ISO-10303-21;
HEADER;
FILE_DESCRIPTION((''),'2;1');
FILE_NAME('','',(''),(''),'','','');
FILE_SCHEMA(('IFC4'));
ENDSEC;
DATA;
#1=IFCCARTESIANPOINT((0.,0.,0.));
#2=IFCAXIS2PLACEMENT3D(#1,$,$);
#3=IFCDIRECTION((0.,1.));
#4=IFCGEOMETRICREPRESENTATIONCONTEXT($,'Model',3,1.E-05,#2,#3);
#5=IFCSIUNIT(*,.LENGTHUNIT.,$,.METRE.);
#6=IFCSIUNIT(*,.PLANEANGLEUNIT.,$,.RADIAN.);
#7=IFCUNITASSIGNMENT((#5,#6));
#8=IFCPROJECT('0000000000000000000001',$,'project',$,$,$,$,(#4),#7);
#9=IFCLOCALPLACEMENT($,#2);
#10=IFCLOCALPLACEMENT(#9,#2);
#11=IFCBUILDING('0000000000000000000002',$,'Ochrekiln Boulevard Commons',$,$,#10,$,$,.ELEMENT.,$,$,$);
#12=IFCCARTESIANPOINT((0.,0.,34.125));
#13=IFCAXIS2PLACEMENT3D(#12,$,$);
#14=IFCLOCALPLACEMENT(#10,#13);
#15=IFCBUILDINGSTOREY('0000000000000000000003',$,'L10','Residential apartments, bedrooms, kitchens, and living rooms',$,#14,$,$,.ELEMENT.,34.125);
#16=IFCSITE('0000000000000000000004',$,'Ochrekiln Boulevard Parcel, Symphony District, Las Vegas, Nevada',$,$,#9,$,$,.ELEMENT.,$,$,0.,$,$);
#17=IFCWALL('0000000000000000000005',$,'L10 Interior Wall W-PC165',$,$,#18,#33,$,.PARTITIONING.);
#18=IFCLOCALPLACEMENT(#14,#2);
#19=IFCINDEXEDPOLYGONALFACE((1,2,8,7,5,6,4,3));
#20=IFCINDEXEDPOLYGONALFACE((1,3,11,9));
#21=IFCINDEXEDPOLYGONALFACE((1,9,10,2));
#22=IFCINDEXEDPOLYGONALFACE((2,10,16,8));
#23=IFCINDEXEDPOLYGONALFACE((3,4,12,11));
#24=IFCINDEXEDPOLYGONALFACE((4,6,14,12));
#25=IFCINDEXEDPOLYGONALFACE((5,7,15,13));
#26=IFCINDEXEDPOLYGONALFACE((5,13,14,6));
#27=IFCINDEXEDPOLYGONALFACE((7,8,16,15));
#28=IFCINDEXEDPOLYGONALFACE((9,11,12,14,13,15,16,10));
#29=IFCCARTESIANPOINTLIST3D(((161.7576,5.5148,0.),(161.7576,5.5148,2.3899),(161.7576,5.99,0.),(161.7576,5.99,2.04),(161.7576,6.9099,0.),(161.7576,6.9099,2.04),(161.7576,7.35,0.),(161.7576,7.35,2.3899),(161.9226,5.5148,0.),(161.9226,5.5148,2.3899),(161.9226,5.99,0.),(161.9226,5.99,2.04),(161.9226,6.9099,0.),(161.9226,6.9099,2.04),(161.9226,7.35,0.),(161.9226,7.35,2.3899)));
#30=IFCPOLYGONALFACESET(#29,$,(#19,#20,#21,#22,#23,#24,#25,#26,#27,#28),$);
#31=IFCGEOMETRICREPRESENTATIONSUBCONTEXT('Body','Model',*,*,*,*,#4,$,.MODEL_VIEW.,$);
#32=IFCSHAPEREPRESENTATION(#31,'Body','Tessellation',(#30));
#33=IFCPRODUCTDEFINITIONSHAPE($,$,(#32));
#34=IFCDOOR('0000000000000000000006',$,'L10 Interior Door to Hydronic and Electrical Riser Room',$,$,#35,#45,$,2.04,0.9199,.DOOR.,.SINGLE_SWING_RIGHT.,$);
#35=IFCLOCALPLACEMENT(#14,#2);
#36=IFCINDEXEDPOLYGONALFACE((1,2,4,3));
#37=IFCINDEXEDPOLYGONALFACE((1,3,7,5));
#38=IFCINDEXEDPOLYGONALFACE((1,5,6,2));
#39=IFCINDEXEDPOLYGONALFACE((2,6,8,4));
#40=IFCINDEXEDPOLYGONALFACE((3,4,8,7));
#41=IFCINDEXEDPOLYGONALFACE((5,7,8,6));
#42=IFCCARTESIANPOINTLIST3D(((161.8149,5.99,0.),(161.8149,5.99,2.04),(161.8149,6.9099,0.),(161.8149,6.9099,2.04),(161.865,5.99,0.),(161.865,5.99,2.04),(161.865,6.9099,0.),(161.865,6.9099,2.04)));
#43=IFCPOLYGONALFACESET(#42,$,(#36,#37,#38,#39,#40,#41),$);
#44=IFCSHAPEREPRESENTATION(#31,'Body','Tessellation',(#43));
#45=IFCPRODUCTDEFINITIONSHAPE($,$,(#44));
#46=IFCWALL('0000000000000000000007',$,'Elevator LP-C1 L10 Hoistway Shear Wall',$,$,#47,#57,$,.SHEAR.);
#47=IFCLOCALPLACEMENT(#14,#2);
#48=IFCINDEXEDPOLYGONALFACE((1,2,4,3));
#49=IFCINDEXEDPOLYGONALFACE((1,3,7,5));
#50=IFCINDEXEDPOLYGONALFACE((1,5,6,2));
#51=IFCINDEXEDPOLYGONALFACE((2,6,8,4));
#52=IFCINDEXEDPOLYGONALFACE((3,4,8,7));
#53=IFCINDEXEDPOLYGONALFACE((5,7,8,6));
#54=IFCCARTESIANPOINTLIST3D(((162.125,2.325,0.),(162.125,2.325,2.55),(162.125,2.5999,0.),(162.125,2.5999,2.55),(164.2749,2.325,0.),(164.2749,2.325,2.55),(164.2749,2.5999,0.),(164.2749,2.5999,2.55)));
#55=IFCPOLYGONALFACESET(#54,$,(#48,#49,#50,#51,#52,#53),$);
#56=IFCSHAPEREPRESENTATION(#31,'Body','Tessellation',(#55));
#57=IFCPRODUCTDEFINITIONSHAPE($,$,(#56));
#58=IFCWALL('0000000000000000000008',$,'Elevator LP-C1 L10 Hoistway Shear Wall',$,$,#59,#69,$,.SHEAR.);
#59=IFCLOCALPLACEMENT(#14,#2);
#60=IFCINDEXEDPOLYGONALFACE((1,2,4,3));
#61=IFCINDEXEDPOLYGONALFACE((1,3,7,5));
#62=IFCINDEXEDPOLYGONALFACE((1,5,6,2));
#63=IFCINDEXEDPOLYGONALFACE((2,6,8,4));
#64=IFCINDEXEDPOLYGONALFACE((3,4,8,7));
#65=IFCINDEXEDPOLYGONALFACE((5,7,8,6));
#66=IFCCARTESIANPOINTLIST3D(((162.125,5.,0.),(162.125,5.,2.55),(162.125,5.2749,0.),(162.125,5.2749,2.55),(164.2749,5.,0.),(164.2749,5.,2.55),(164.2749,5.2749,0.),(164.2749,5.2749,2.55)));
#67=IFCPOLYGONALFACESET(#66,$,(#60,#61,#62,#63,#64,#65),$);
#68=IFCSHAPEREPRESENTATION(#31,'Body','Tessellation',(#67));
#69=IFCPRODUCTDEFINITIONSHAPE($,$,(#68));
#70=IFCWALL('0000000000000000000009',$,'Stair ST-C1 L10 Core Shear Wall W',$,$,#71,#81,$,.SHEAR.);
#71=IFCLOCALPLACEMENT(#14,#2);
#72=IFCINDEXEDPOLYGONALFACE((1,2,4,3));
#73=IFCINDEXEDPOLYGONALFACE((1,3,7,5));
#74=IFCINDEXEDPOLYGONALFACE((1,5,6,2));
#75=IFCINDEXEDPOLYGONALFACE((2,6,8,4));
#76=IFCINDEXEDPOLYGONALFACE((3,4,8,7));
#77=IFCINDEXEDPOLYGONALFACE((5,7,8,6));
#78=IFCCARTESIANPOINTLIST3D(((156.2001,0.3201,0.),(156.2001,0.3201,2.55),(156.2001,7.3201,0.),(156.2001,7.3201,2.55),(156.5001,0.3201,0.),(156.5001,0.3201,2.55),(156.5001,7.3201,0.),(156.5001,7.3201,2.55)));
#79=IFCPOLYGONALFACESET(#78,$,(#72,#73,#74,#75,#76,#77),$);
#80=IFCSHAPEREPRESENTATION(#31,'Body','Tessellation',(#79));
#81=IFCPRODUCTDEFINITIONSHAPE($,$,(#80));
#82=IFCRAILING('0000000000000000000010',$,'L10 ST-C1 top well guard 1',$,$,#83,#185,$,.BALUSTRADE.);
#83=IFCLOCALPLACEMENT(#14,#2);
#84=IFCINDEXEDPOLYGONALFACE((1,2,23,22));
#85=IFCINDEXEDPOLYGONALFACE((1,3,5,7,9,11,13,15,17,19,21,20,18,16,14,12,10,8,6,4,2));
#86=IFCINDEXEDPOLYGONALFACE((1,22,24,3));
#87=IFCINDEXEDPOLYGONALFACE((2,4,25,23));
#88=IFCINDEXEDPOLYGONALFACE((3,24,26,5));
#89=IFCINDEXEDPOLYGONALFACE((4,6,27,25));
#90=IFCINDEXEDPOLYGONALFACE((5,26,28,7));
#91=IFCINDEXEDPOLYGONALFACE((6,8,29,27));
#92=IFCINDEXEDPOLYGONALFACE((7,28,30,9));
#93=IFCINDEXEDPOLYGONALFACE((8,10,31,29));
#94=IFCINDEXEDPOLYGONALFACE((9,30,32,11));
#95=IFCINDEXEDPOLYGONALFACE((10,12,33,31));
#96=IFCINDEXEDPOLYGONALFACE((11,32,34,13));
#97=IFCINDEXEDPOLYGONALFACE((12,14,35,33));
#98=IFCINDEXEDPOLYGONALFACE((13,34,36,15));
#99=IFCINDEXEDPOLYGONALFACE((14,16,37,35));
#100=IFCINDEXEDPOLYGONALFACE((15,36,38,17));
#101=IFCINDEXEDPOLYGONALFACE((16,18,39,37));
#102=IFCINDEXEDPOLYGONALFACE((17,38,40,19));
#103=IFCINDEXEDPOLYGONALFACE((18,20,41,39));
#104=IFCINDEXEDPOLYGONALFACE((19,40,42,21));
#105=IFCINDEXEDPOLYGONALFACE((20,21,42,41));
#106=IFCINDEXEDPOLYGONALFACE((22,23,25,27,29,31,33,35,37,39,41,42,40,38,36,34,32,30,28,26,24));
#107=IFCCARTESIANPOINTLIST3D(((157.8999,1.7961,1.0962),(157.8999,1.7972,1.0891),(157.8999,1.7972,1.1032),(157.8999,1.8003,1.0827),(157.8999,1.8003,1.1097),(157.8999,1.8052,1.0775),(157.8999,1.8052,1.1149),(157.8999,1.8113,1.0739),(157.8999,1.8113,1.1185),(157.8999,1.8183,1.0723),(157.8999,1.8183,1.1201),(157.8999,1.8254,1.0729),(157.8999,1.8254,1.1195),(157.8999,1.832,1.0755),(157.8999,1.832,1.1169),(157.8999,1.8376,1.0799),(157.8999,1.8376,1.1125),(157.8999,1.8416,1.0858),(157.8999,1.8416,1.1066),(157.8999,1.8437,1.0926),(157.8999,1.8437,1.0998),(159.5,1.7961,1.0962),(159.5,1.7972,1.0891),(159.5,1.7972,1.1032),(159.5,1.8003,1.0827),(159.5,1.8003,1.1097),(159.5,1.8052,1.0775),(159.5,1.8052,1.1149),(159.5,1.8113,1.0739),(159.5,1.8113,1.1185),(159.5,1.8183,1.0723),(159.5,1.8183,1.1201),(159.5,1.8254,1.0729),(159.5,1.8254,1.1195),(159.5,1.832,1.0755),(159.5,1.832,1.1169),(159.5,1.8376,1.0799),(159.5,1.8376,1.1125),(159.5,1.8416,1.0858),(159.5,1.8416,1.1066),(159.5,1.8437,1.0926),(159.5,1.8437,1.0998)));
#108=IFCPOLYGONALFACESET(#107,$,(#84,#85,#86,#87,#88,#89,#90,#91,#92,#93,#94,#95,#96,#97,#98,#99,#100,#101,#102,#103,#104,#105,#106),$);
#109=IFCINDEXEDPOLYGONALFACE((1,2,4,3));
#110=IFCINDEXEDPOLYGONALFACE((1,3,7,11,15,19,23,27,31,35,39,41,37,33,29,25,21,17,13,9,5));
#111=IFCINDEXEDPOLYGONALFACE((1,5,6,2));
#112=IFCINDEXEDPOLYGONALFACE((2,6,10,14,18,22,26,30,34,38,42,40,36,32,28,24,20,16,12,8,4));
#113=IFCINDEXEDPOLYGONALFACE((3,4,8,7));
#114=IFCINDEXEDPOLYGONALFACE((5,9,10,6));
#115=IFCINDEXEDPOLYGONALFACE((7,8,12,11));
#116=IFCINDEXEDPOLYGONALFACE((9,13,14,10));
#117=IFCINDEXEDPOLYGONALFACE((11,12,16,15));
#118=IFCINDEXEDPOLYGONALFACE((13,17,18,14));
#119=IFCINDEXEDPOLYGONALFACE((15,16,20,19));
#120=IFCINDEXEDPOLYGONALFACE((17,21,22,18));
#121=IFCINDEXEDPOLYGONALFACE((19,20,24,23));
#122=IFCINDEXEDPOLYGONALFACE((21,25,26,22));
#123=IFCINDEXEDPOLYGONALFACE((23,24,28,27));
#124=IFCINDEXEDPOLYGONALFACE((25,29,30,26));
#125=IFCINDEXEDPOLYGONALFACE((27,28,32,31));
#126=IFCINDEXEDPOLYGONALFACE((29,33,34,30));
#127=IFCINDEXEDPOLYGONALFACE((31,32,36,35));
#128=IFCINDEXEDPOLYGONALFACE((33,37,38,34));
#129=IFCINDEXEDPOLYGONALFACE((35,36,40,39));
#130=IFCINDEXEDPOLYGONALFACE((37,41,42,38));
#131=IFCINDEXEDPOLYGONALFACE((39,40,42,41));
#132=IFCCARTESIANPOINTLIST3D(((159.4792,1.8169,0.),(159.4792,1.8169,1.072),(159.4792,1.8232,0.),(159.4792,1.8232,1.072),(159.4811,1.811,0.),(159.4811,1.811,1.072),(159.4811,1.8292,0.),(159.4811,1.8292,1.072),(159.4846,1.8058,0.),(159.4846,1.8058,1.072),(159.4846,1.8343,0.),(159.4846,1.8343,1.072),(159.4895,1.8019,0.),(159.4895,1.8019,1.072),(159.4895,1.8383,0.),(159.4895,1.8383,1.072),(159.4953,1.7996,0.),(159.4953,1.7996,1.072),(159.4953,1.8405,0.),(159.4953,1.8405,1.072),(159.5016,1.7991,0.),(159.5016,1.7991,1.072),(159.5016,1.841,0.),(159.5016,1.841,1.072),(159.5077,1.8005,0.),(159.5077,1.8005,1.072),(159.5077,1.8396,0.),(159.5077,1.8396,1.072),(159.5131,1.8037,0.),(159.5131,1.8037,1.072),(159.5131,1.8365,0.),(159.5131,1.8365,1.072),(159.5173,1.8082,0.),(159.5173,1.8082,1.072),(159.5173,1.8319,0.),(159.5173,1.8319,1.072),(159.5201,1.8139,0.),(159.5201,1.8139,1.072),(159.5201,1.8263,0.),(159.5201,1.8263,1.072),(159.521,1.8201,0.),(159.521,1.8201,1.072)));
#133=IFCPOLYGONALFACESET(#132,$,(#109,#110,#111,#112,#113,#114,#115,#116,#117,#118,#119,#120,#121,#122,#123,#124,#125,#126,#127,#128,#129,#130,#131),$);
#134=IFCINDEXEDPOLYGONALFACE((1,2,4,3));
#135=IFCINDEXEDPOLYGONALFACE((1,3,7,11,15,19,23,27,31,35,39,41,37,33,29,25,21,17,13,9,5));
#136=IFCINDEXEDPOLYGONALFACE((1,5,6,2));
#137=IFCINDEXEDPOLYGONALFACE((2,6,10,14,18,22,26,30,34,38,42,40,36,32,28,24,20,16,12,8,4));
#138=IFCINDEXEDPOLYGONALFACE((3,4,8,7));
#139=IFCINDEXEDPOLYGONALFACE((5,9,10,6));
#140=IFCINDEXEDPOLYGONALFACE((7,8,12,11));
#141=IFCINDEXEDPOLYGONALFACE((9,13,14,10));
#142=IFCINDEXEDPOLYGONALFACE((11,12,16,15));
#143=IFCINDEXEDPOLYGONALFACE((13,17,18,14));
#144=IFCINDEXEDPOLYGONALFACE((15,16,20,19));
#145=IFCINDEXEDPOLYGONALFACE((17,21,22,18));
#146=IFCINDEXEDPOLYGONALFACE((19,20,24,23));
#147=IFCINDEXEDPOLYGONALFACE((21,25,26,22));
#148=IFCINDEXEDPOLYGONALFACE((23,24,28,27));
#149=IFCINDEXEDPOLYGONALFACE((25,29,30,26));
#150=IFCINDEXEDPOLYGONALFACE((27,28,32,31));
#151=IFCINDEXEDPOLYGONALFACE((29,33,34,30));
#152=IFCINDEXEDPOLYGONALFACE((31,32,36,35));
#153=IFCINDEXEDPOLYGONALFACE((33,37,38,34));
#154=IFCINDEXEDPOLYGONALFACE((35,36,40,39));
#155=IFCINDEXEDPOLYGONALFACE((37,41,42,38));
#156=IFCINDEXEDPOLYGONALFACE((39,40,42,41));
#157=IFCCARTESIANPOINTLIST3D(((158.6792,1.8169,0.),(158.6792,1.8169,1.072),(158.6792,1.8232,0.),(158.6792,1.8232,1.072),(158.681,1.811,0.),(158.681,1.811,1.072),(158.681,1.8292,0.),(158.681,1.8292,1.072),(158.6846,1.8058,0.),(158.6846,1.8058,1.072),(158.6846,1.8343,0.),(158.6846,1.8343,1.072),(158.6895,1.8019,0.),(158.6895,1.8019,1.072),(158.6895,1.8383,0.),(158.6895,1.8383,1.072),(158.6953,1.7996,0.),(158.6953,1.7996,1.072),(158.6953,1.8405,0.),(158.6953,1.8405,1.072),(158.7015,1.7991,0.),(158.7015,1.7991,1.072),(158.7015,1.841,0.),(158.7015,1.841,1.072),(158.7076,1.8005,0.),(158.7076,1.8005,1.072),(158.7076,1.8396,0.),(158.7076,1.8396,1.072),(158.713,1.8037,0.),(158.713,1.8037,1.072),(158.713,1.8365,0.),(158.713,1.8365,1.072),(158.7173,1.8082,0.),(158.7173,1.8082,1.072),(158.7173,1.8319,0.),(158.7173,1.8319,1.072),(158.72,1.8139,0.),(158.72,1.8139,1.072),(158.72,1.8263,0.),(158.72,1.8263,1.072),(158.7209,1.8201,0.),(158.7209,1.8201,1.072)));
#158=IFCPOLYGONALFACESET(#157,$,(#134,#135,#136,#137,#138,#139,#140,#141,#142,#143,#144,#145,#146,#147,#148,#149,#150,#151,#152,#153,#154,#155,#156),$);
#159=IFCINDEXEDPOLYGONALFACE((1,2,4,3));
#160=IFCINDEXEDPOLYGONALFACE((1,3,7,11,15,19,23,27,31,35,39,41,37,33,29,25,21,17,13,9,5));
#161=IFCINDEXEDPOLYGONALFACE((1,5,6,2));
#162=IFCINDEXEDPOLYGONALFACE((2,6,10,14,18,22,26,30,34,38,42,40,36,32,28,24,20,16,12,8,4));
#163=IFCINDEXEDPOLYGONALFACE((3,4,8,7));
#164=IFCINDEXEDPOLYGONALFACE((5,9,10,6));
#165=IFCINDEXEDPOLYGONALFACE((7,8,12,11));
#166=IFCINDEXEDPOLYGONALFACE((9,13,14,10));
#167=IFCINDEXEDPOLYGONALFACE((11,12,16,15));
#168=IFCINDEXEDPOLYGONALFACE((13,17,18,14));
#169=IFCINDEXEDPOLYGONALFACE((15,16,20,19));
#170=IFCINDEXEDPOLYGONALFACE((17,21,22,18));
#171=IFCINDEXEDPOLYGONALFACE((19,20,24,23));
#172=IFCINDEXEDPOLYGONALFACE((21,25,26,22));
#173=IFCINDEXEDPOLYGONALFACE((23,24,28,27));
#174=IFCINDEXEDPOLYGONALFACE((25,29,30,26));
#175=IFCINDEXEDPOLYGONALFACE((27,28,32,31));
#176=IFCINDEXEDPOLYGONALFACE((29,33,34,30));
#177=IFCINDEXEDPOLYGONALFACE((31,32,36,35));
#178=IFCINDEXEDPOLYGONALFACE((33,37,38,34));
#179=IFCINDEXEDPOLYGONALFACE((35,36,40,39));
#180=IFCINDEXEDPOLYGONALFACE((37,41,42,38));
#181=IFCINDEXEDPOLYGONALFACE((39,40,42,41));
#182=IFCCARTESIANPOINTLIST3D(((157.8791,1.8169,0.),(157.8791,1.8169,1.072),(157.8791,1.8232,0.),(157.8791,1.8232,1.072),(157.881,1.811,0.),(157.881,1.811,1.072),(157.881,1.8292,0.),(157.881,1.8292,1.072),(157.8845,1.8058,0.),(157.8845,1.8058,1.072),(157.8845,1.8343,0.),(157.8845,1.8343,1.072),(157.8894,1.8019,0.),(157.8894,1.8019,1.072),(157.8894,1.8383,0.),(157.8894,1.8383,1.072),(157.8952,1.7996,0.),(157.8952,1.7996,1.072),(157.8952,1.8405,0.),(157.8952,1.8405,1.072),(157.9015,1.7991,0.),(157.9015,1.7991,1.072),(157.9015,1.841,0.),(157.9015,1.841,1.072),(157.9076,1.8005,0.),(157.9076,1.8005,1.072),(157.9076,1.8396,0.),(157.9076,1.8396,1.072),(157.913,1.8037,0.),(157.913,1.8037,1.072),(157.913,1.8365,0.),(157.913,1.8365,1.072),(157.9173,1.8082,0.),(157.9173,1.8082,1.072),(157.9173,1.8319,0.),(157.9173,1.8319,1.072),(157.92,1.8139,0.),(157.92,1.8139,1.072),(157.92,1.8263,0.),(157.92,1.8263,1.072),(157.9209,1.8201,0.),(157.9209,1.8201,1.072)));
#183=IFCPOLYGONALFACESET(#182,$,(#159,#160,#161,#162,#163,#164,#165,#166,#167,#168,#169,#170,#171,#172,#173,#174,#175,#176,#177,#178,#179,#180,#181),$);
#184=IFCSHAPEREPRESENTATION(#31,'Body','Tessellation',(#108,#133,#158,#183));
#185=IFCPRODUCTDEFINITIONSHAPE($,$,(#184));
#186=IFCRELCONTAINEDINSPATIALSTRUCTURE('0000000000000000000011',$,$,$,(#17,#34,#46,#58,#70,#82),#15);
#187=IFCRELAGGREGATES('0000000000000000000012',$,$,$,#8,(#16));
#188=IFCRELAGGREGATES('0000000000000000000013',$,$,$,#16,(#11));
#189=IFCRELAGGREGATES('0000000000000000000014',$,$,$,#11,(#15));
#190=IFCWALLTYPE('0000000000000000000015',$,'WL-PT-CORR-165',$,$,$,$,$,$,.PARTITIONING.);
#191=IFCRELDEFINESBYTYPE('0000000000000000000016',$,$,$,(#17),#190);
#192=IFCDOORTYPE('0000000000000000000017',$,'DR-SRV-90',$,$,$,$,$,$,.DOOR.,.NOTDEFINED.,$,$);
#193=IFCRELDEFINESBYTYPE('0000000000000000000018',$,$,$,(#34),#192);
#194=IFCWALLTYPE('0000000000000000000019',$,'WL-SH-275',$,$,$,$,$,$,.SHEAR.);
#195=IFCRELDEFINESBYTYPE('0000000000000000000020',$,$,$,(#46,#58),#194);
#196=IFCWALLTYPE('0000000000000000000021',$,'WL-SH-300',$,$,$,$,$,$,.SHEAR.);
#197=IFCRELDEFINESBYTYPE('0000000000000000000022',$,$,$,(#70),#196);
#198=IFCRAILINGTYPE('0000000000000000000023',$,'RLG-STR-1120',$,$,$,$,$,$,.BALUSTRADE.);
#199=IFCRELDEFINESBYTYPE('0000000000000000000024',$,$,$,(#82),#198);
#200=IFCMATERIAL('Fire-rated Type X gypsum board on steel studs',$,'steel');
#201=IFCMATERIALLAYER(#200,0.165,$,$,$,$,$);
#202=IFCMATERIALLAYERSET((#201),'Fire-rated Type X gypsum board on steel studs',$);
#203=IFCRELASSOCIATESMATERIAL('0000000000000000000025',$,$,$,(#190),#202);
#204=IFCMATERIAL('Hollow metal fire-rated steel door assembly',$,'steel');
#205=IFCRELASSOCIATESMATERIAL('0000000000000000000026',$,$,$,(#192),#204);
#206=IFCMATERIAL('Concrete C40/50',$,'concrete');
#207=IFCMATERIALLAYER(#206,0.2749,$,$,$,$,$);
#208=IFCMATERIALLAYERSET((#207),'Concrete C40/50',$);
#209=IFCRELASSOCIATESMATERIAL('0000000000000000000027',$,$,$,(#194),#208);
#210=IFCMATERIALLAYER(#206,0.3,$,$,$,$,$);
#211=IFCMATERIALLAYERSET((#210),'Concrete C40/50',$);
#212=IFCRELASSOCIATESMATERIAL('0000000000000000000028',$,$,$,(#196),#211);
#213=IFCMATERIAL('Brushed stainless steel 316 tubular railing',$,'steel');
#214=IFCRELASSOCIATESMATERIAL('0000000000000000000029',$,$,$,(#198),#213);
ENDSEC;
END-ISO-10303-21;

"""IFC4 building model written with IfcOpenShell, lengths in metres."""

from ifc_helpers import new_model, si_unit, direction, frame, frame_2d, origin, origin_2d, place, context, subcontext, project, spatial, rectangle, circle, extrude, material, layer, layer_set, type_object, element, fill, save


model = new_model("IFC4")

# Units and contexts
model_context = context("Model", 3, precision=1e-05, world=origin(), true_north=direction((0.0, 1.0)))
body_context = subcontext(model_context, "Body", "Model", "MODEL_VIEW")
ifc_project = project(units=[si_unit("LENGTHUNIT", "METRE"), si_unit("PLANEANGLEUNIT", "RADIAN")], contexts=[model_context])

# Site, building, storey
site_placement = place(None, origin())
site = spatial("IfcSite", under=ifc_project, at=site_placement, Name="Ochrekiln Boulevard Parcel, Symphony District, Las Vegas, Nevada", CompositionType="ELEMENT", RefElevation=0.0)
building_placement = place(site_placement, origin())
building = spatial("IfcBuilding", under=site, at=building_placement, Name="Ochrekiln Boulevard Commons", CompositionType="ELEMENT")
storey_placement = place(building_placement, frame((0.0, 0.0, 34.125)))
storey = spatial("IfcBuildingStorey", under=building, at=storey_placement, Name="L10", Description="Residential apartments, bedrooms, kitchens, and living rooms", CompositionType="ELEMENT", Elevation=34.125)

# Shared definitions
ifc_material_1 = material(Name="Concrete C40/50", Category="concrete")

# Wall, opening, door
ifc_material_2 = material(Name="Fire-rated Type X gypsum board on steel studs", Category="steel")
ifc_layer_1 = layer(ifc_material_2, 0.165)
ifc_layer_set_1 = layer_set([ifc_layer_1], Name="Fire-rated Type X gypsum board on steel studs")
wall_type_1 = type_object("IfcWallType", Name="WL-PT-CORR-165", PredefinedType="PARTITIONING", material=ifc_layer_set_1)
wall_1_placement = place(storey_placement, frame((161.8401, 5.5149, 0.0), z_axis=(0.0, 0.0, 1.0), x_axis=(0.0, 1.0, 0.0)))
wall_1 = element("IfcWall", 1, at=wall_1_placement, inside=storey, type_object=wall_type_1, Name="L10 Interior Wall W-PC165", PredefinedType="PARTITIONING", context=body_context, shape_type="SweptSolid", body=[
    extrude(rectangle(XDim=1.8352, YDim=0.165, at=frame_2d((0.9175, 0.0))), origin(), (0.0, 0.0, 1.0), 2.3899),
])
opening_1_placement = place(wall_1_placement, frame((0.4751, 0.0, 0.0)))
opening_1 = element("IfcOpeningElement", 2, at=opening_1_placement, cuts=wall_1, PredefinedType="OPENING", context=body_context, shape_type="SweptSolid", body=[
    extrude(rectangle(XDim=0.9199, YDim=2.04, at=frame_2d((0.46, 1.02))), frame((0.0, 0.0925, 0.0), z_axis=(0.0, -1.0, 0.0), x_axis=(1.0, 0.0, 0.0)), (0.0, 0.0, 1.0), 0.1851),
])
ifc_material_3 = material(Name="Hollow metal fire-rated steel door assembly", Category="steel")
door_type_1 = type_object("IfcDoorType", Name="DR-SRV-90", OperationType="NOTDEFINED", PredefinedType="DOOR", material=ifc_material_3)
door_1_placement = place(opening_1_placement, frame((0.9199, 0.0, 0.0), z_axis=(0.0, 0.0, 1.0), x_axis=(-1.0, 0.0, 0.0)))
door_1 = element("IfcDoor", 3, at=door_1_placement, inside=storey, type_object=door_type_1, Name="L10 Interior Door to Hydronic and Electrical Riser Room", OperationType="SINGLE_SWING_RIGHT", OverallHeight=2.04, OverallWidth=0.9199, PredefinedType="DOOR", context=body_context, shape_type="SweptSolid", body=[
    extrude(rectangle(XDim=0.9199, YDim=2.04, at=frame_2d((0.46, 1.02))), frame((0.0, 0.0249, 0.0), z_axis=(0.0, -1.0, 0.0), x_axis=(1.0, 0.0, 0.0)), (0.0, 0.0, 1.0), 0.05),
])
fill(opening_1, door_1)

# Walls
ifc_layer_2 = layer(ifc_material_1, 0.2749)
ifc_layer_set_2 = layer_set([ifc_layer_2], Name="Concrete C40/50")
wall_type_2 = type_object("IfcWallType", Name="WL-SH-275", PredefinedType="SHEAR", material=ifc_layer_set_2)
for number, where, z_axis, x_axis, name in (
    (4, (162.125, 2.4624, 0.0), (0.0, 0.0, 1.0), (1.0, 0.0, 0.0), "Elevator LP-C1 L10 Hoistway Shear Wall"),
    (5, (162.125, 5.1375, 0.0), (0.0, 0.0, 1.0), (1.0, 0.0, 0.0), "Elevator LP-C1 L10 Hoistway Shear Wall"),
):
    element("IfcWall", number, at=place(storey_placement, frame(where, z_axis=z_axis, x_axis=x_axis)), inside=storey, type_object=wall_type_2, Name=name, PredefinedType="SHEAR", context=body_context, shape_type="SweptSolid", body=[
        extrude(rectangle(XDim=2.1499, YDim=0.2749, at=frame_2d((1.075, 0.0))), origin(), (0.0, 0.0, 1.0), 2.55),
    ])

# Wall
ifc_layer_3 = layer(ifc_material_1, 0.3)
ifc_layer_set_3 = layer_set([ifc_layer_3], Name="Concrete C40/50")
wall_type_3 = type_object("IfcWallType", Name="WL-SH-300", PredefinedType="SHEAR", material=ifc_layer_set_3)
wall_2_placement = place(storey_placement, frame((156.3501, 0.3201, 0.0), z_axis=(0.0, 0.0, 1.0), x_axis=(0.0, 1.0, 0.0)))
element("IfcWall", 6, at=wall_2_placement, inside=storey, type_object=wall_type_3, Name="Stair ST-C1 L10 Core Shear Wall W", PredefinedType="SHEAR", context=body_context, shape_type="SweptSolid", body=[
    extrude(rectangle(XDim=7.0, YDim=0.3, at=frame_2d((3.5, 0.0))), origin(), (0.0, 0.0, 1.0), 2.55),
])

# Railing
ifc_material_4 = material(Name="Brushed stainless steel 316 tubular railing", Category="steel")
railing_type = type_object("IfcRailingType", Name="RLG-STR-1120", PredefinedType="BALUSTRADE", material=ifc_material_4)
railing_placement = place(storey_placement, frame((159.5, 1.8201, 0.0)))
element("IfcRailing", 7, at=railing_placement, inside=storey, type_object=railing_type, Name="L10 ST-C1 top well guard 1", PredefinedType="BALUSTRADE", context=body_context, shape_type="SweptSolid", body=[
    extrude(circle(Radius=0.0239, at=origin_2d()), frame((0.0, 0.0, 1.0962), z_axis=(-1.0, 0.0, 0.0), x_axis=(0.0, -1.0, 0.0)), (0.0, 0.0, 1.0), 1.6001),
    extrude(circle(Radius=0.021, at=origin_2d()), origin(), (0.0, 0.0, 1.0), 1.072),
    extrude(circle(Radius=0.021, at=origin_2d()), frame((-0.8, 0.0, 0.0)), (0.0, 0.0, 1.0), 1.072),
    extrude(circle(Radius=0.021, at=origin_2d()), frame((-1.6001, 0.0, 0.0)), (0.0, 0.0, 1.0), 1.072),
])

save(model, "model.ifc")
